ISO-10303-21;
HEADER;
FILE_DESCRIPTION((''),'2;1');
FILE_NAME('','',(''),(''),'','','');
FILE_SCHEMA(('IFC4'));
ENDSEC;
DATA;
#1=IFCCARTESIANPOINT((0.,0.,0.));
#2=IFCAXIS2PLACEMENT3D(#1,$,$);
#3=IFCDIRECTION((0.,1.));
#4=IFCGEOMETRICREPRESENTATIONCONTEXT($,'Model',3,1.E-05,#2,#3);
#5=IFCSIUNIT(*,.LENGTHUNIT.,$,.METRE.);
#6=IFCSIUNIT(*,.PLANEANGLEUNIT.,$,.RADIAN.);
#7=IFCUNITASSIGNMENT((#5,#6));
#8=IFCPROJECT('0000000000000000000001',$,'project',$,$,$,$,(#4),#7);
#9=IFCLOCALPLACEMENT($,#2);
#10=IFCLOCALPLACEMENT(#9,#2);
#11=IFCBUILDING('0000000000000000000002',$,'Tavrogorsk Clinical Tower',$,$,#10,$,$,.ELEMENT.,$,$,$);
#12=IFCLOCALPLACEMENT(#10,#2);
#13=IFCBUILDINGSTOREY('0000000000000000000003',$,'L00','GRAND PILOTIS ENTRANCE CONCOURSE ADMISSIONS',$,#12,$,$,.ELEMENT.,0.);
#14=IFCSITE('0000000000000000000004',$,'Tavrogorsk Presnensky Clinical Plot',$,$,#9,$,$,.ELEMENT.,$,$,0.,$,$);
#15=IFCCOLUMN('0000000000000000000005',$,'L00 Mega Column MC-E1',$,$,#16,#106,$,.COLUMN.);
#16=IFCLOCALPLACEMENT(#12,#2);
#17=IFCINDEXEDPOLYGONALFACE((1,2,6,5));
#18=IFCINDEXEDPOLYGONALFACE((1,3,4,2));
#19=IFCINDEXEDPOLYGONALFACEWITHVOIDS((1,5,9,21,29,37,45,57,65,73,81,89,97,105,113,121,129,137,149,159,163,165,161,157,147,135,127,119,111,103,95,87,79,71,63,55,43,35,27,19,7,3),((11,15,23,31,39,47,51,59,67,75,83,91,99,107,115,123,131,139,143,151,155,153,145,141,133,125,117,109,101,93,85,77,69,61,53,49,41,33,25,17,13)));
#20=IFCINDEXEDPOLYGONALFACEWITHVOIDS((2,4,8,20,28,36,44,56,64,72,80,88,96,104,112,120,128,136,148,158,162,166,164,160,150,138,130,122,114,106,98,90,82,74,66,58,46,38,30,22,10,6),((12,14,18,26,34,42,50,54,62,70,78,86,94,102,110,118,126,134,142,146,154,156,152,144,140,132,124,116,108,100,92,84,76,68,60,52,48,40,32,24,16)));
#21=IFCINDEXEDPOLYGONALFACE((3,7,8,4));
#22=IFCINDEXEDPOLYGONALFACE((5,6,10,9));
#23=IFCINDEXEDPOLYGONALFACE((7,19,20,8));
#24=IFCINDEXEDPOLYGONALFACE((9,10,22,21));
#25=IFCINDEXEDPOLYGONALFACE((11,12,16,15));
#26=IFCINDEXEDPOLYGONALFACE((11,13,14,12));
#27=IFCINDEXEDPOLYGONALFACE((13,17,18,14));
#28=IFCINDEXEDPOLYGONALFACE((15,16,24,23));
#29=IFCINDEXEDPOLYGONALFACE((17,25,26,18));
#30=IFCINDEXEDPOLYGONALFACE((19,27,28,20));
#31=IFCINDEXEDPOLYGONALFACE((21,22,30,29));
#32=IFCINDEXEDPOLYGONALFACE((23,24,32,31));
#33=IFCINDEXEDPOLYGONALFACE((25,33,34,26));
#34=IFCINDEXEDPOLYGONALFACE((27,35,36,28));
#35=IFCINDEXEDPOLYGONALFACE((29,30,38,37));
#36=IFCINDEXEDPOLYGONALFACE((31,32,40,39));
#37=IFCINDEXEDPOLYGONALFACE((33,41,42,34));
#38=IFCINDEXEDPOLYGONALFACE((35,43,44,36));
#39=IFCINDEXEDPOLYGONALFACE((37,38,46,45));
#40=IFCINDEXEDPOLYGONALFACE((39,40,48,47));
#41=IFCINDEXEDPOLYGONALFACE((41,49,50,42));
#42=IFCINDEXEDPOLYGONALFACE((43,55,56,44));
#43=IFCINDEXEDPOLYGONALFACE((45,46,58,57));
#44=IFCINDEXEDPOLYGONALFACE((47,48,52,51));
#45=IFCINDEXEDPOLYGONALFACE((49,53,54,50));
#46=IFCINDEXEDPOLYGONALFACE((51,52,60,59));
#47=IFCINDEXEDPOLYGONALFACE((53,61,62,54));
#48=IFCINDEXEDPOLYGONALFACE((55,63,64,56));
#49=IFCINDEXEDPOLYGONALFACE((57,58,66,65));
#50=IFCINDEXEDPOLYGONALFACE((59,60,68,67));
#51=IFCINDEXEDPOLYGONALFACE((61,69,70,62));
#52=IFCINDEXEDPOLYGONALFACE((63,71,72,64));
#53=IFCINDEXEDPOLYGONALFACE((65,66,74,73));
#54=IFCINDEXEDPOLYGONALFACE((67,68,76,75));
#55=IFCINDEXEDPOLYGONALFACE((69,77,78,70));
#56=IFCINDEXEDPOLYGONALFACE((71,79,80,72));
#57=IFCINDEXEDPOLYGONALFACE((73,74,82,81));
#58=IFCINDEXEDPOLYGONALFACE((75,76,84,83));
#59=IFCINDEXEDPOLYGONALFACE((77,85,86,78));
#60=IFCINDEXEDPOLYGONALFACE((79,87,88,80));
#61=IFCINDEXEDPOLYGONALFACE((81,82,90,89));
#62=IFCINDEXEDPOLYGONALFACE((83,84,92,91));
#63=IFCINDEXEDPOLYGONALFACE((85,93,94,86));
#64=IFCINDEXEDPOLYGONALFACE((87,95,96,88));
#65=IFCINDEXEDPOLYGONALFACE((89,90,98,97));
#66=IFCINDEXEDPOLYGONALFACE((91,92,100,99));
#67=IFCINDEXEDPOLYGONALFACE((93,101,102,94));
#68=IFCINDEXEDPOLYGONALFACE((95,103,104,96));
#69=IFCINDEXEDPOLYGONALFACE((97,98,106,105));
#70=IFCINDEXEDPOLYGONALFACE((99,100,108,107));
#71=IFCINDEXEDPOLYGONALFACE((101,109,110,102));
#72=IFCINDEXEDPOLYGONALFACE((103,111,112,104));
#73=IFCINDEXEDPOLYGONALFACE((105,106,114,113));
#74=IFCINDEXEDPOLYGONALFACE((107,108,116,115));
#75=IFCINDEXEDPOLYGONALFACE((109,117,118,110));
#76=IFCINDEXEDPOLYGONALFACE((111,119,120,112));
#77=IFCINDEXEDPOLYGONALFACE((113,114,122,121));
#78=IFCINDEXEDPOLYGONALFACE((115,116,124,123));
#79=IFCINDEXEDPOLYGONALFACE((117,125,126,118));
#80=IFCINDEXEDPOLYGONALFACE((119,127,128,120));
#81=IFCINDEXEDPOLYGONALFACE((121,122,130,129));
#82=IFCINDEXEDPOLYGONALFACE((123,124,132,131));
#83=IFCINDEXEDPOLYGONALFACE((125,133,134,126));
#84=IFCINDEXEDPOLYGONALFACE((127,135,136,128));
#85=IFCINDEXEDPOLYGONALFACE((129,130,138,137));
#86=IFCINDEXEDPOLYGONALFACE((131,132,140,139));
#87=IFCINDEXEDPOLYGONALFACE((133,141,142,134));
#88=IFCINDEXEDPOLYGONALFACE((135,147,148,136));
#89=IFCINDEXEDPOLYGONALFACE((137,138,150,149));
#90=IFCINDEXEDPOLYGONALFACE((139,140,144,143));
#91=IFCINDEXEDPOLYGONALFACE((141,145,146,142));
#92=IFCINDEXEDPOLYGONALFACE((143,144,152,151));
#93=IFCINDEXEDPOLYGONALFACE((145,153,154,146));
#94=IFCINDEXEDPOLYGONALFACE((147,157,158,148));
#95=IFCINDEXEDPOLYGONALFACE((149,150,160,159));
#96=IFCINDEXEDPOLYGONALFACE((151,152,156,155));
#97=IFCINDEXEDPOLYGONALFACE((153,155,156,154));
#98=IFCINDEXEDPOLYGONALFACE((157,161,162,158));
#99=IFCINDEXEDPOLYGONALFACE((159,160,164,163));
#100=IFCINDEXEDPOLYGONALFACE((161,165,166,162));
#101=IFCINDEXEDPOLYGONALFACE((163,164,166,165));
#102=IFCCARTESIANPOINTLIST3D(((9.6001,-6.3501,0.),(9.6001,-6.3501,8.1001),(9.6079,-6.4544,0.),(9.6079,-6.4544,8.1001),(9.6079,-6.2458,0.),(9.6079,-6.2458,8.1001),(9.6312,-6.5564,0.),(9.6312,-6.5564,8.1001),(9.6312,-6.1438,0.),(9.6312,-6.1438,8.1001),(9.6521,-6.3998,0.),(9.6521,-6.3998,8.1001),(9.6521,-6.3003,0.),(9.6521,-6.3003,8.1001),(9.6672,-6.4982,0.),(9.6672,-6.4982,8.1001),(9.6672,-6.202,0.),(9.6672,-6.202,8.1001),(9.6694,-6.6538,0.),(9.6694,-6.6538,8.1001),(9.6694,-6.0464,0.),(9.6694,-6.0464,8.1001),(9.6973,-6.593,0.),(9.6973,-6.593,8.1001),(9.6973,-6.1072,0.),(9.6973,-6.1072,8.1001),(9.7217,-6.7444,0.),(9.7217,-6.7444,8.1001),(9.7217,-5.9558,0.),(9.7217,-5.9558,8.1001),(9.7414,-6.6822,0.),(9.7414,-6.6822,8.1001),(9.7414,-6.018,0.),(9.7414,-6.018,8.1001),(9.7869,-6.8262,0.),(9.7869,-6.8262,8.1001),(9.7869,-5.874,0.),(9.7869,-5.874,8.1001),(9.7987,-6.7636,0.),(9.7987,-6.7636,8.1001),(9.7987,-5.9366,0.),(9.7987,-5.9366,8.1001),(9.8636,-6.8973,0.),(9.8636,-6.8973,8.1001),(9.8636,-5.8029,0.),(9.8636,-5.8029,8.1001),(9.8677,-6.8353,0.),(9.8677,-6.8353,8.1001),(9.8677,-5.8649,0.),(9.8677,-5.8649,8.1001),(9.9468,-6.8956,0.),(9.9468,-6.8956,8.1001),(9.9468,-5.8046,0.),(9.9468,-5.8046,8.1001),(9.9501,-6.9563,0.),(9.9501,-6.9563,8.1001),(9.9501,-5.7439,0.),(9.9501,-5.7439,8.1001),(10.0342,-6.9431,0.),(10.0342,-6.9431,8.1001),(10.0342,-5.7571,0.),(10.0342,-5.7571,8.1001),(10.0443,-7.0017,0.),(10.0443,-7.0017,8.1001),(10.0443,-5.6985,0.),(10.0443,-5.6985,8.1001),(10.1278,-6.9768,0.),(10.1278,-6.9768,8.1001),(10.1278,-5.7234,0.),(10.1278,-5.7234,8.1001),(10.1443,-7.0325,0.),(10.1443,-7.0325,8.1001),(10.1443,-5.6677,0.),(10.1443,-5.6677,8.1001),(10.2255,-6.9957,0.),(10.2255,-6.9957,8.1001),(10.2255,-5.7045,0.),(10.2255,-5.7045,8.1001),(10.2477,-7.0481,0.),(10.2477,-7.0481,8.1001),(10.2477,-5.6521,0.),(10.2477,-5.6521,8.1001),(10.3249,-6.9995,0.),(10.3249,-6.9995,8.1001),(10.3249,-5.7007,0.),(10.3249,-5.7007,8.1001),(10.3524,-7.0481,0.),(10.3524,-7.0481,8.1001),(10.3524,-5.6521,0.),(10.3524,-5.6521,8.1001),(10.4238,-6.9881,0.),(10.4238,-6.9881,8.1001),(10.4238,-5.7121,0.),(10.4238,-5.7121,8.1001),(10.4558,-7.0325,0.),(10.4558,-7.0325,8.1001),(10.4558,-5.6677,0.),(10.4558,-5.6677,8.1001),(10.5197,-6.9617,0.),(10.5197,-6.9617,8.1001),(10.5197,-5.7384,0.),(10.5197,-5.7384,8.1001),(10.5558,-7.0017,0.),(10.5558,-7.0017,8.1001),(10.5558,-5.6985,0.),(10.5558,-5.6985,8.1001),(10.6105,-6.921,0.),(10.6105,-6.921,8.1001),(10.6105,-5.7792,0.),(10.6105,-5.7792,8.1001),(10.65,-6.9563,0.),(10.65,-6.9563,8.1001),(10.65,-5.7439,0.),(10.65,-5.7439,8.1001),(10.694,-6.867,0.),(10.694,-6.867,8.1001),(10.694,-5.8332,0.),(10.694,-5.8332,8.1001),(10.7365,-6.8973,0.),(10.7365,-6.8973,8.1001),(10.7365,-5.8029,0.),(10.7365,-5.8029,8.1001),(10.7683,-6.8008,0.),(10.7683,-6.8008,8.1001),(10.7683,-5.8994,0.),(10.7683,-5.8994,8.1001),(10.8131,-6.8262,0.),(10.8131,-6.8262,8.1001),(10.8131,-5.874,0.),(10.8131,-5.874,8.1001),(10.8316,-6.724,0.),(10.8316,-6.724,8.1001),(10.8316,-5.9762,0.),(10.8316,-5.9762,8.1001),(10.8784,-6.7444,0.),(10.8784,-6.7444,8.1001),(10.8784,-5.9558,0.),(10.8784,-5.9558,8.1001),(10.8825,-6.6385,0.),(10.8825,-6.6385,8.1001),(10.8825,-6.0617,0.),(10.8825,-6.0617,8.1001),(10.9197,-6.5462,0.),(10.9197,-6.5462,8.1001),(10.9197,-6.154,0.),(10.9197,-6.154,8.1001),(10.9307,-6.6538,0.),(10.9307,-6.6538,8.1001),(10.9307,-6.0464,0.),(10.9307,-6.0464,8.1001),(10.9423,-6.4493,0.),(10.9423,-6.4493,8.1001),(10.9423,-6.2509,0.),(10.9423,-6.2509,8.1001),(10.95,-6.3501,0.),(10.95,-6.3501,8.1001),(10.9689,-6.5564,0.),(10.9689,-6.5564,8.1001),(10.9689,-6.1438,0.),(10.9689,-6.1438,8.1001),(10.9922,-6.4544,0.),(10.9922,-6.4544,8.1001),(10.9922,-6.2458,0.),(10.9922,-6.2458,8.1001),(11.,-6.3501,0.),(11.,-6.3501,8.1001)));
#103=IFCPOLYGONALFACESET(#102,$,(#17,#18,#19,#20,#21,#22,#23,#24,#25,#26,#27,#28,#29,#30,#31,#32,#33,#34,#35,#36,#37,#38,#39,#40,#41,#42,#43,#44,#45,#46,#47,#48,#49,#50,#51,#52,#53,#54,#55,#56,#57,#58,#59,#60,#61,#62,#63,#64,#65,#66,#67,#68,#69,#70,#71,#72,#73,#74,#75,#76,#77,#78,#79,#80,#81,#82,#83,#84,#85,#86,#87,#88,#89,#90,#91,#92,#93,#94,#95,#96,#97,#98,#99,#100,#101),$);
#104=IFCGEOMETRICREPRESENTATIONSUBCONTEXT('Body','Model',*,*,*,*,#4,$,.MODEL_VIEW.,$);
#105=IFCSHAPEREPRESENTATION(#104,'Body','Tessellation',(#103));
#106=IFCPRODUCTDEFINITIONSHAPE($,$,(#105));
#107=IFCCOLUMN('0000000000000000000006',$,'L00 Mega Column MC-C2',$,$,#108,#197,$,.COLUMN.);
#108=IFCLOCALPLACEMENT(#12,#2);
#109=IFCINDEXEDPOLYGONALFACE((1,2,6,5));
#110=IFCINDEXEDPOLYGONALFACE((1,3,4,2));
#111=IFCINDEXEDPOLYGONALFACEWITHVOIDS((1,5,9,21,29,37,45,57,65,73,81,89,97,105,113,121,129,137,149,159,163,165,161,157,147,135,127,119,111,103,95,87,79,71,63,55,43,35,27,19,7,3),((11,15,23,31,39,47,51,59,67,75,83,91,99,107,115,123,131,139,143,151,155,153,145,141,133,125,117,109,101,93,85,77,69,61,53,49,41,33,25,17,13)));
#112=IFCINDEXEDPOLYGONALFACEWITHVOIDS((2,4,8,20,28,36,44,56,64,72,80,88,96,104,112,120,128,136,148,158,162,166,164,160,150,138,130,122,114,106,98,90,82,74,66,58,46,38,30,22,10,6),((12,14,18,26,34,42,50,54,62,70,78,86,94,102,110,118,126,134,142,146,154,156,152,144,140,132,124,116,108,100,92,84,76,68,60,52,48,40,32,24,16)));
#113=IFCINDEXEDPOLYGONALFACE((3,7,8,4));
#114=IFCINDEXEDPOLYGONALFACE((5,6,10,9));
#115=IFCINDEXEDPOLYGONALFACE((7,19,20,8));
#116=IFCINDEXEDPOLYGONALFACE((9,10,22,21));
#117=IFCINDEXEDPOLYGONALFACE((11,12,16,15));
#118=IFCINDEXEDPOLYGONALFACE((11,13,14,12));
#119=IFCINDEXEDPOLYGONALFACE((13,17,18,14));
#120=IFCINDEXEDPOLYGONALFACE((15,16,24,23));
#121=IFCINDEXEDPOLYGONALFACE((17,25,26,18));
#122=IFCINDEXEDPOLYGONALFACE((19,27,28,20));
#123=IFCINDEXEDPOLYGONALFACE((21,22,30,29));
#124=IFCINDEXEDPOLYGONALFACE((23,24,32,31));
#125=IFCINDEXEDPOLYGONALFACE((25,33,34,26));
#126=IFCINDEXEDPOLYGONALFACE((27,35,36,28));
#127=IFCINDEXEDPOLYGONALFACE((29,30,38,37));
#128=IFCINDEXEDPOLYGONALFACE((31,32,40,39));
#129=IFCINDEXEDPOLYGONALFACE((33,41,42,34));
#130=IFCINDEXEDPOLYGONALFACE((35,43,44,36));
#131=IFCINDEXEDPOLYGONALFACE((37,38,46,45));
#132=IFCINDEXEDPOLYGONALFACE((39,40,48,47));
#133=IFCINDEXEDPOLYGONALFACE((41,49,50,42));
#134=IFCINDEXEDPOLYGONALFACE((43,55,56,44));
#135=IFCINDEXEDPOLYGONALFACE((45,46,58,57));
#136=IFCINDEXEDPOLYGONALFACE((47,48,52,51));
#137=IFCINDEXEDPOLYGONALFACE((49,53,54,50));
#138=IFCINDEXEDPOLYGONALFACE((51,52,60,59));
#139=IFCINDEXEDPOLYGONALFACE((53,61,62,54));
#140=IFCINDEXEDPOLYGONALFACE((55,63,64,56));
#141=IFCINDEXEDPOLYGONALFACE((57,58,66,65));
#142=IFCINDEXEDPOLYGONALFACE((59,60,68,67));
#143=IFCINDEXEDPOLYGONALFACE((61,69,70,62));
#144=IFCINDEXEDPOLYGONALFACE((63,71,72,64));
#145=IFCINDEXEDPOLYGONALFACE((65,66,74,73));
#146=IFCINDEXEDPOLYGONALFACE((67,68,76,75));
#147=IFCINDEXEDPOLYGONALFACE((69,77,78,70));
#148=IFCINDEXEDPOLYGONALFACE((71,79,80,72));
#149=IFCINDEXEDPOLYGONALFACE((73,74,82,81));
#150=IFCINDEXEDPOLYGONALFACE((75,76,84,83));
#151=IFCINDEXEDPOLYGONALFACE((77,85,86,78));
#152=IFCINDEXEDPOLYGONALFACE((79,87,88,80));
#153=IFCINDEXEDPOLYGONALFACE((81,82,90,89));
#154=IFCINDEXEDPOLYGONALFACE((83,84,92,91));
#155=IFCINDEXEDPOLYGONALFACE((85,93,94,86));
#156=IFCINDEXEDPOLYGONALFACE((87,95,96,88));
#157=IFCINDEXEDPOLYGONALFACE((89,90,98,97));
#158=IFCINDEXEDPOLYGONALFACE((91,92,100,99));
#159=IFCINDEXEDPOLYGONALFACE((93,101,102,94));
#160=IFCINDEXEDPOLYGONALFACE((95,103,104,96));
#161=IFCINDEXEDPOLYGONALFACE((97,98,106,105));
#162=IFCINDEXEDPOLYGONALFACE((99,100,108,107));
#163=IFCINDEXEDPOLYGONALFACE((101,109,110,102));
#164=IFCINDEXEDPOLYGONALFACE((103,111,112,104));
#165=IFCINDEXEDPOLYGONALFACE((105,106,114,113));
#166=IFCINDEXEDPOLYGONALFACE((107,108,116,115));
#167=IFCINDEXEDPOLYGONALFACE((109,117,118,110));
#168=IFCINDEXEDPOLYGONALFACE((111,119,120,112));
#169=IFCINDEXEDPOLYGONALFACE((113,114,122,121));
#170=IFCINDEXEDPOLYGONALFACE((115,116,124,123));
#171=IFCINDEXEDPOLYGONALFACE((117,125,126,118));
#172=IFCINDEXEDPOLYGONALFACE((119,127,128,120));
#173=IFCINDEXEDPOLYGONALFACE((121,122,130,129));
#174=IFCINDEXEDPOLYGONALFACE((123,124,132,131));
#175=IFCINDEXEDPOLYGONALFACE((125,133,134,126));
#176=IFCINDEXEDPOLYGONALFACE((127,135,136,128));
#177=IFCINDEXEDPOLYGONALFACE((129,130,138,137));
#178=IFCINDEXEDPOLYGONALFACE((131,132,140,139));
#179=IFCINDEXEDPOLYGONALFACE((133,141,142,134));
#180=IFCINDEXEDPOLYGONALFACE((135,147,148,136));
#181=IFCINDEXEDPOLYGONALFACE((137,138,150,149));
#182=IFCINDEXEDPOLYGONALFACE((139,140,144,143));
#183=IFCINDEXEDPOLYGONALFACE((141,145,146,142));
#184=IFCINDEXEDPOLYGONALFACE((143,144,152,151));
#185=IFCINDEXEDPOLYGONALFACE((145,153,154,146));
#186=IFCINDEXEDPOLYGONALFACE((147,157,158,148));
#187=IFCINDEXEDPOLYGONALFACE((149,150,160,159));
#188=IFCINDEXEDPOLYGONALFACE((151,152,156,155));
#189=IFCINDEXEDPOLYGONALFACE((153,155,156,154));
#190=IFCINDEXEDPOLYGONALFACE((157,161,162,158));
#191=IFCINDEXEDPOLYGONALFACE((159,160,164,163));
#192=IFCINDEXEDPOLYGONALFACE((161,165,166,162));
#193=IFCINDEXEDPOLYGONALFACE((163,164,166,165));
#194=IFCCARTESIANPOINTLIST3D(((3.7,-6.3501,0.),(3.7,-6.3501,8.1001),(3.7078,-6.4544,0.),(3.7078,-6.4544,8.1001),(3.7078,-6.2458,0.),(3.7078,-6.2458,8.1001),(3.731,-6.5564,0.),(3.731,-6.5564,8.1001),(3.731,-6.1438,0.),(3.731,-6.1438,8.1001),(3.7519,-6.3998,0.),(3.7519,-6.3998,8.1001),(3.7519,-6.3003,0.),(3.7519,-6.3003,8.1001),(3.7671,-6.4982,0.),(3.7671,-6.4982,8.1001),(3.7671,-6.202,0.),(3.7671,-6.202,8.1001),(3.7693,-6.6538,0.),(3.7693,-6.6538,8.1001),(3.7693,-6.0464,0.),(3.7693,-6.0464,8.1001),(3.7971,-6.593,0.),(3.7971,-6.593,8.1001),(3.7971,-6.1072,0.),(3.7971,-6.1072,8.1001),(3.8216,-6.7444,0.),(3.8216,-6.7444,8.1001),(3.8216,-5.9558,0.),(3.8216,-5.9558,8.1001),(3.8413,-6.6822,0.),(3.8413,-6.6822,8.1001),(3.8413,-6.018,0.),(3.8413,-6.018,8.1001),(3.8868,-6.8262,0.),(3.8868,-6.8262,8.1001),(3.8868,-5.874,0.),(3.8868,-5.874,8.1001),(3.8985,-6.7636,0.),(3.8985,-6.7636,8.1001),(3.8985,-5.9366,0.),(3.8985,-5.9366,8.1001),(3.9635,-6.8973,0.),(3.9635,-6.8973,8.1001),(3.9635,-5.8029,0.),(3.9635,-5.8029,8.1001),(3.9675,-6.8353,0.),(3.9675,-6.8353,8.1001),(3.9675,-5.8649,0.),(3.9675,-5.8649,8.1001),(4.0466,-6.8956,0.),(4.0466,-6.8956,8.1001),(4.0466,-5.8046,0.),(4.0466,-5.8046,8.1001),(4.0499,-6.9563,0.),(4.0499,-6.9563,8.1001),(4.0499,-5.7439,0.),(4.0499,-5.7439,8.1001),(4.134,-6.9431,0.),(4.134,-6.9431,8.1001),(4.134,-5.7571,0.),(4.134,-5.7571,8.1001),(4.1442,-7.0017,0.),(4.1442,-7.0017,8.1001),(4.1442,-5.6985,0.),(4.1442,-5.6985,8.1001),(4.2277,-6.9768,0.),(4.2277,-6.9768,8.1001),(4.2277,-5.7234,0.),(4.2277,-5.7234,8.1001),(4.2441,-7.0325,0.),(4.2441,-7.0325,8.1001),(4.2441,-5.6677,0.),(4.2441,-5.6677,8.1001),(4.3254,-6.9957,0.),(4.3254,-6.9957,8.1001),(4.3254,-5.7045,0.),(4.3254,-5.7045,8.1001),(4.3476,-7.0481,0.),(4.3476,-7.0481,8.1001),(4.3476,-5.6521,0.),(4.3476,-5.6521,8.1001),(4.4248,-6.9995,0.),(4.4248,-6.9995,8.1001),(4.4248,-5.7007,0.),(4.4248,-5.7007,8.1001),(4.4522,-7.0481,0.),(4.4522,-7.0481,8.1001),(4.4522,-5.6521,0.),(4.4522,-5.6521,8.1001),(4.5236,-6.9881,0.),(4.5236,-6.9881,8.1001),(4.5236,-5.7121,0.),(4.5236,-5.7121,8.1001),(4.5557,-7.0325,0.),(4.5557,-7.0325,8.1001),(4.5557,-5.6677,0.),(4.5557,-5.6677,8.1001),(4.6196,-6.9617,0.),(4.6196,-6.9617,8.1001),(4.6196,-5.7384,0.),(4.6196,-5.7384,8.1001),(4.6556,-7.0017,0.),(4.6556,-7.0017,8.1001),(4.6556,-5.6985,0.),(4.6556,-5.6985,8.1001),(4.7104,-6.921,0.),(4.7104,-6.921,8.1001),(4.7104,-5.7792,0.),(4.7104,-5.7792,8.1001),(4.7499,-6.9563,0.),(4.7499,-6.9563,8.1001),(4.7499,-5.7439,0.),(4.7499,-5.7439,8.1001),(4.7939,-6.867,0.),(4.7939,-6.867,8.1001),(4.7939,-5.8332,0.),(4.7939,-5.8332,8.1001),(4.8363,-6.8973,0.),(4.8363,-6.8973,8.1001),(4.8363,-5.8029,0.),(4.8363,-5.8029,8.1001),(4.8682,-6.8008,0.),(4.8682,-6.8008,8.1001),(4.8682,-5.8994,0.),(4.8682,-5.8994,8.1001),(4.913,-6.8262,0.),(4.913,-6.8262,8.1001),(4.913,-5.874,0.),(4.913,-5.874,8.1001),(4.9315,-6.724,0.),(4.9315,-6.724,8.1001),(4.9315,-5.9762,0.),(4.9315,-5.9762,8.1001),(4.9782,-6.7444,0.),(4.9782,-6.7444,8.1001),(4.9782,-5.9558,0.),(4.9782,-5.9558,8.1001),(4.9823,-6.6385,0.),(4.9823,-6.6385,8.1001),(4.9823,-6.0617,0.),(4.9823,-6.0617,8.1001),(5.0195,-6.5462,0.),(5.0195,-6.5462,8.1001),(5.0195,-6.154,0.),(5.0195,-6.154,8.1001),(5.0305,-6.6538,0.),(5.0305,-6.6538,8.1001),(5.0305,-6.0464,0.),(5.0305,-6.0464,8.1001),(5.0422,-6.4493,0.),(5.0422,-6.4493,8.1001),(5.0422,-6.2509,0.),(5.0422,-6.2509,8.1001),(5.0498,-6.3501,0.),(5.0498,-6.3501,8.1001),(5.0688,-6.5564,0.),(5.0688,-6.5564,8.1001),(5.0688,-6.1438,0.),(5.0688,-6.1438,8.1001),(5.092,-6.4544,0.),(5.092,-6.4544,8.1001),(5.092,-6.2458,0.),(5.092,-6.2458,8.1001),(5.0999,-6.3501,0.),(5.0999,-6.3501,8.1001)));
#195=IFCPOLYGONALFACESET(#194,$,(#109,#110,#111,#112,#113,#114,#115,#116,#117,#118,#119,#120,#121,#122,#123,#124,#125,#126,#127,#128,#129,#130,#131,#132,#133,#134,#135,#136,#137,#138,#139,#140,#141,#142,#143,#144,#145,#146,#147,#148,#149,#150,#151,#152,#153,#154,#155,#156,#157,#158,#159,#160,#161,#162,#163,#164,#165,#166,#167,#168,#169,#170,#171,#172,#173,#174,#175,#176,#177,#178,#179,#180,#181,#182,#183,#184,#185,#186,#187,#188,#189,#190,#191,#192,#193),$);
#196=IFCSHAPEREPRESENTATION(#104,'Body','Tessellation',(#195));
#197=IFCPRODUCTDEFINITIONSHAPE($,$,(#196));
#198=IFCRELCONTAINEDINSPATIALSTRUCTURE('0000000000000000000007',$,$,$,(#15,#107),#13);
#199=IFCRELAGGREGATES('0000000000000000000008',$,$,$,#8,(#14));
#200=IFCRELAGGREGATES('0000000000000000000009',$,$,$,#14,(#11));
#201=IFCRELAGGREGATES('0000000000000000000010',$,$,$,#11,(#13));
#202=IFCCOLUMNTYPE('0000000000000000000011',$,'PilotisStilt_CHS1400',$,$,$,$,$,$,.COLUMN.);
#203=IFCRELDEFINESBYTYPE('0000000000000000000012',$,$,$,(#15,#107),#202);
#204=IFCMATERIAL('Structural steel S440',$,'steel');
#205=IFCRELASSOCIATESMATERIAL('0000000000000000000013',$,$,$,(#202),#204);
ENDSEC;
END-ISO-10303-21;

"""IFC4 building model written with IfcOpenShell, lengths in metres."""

from ifc_helpers import new_model, si_unit, direction, frame, origin, origin_2d, place, context, subcontext, project, spatial, hollow_circle, extrude, material, material_profile, profile_set, type_object, element, save


model = new_model("IFC4")

# Units and contexts
model_context = context("Model", 3, precision=1e-05, world=origin(), true_north=direction((0.0, 1.0)))
body_context = subcontext(model_context, "Body", "Model", "MODEL_VIEW")
ifc_project = project(units=[si_unit("LENGTHUNIT", "METRE"), si_unit("PLANEANGLEUNIT", "RADIAN")], contexts=[model_context])

# Site, building, storey
site_placement = place(None, origin())
site = spatial("IfcSite", under=ifc_project, at=site_placement, Name="Tavrogorsk Presnensky Clinical Plot", CompositionType="ELEMENT", RefElevation=0.0)
building_placement = place(site_placement, origin())
building = spatial("IfcBuilding", under=site, at=building_placement, Name="Tavrogorsk Clinical Tower", CompositionType="ELEMENT")
storey_placement = place(building_placement, origin())
storey = spatial("IfcBuildingStorey", under=building, at=storey_placement, Name="L00", Description="GRAND PILOTIS ENTRANCE CONCOURSE ADMISSIONS", CompositionType="ELEMENT", Elevation=0.0)

# Columns
ifc_material_1 = material(Name="Structural steel S440", Category="steel")
ifc_material_profile_1 = material_profile(ifc_material_1, hollow_circle(Radius=0.7, WallThickness=0.05, at=origin_2d()), Name="CHS-1400x50")
ifc_profile_set_1 = profile_set([ifc_material_profile_1], Name="Structural steel S440")
column_type = type_object("IfcColumnType", Name="PilotisStilt_CHS1400", PredefinedType="COLUMN", material=ifc_profile_set_1)
for number, where, z_axis, x_axis, name in (
    (1, (10.3, -6.3501, 0.0), (0.0, 0.0, 1.0), (1.0, 0.0, 0.0), "L00 Mega Column MC-E1"),
    (2, (4.3999, -6.3501, 0.0), (0.0, 0.0, 1.0), (1.0, 0.0, 0.0), "L00 Mega Column MC-C2"),
):
    element("IfcColumn", number, at=place(storey_placement, frame(where, z_axis=z_axis, x_axis=x_axis)), inside=storey, type_object=column_type, Name=name, PredefinedType="COLUMN", context=body_context, shape_type="SweptSolid", body=[
        extrude(hollow_circle(Radius=0.7, WallThickness=0.05, at=origin_2d()), origin(), (0.0, 0.0, 1.0), 8.1001),
    ])

save(model, "model.ifc")
